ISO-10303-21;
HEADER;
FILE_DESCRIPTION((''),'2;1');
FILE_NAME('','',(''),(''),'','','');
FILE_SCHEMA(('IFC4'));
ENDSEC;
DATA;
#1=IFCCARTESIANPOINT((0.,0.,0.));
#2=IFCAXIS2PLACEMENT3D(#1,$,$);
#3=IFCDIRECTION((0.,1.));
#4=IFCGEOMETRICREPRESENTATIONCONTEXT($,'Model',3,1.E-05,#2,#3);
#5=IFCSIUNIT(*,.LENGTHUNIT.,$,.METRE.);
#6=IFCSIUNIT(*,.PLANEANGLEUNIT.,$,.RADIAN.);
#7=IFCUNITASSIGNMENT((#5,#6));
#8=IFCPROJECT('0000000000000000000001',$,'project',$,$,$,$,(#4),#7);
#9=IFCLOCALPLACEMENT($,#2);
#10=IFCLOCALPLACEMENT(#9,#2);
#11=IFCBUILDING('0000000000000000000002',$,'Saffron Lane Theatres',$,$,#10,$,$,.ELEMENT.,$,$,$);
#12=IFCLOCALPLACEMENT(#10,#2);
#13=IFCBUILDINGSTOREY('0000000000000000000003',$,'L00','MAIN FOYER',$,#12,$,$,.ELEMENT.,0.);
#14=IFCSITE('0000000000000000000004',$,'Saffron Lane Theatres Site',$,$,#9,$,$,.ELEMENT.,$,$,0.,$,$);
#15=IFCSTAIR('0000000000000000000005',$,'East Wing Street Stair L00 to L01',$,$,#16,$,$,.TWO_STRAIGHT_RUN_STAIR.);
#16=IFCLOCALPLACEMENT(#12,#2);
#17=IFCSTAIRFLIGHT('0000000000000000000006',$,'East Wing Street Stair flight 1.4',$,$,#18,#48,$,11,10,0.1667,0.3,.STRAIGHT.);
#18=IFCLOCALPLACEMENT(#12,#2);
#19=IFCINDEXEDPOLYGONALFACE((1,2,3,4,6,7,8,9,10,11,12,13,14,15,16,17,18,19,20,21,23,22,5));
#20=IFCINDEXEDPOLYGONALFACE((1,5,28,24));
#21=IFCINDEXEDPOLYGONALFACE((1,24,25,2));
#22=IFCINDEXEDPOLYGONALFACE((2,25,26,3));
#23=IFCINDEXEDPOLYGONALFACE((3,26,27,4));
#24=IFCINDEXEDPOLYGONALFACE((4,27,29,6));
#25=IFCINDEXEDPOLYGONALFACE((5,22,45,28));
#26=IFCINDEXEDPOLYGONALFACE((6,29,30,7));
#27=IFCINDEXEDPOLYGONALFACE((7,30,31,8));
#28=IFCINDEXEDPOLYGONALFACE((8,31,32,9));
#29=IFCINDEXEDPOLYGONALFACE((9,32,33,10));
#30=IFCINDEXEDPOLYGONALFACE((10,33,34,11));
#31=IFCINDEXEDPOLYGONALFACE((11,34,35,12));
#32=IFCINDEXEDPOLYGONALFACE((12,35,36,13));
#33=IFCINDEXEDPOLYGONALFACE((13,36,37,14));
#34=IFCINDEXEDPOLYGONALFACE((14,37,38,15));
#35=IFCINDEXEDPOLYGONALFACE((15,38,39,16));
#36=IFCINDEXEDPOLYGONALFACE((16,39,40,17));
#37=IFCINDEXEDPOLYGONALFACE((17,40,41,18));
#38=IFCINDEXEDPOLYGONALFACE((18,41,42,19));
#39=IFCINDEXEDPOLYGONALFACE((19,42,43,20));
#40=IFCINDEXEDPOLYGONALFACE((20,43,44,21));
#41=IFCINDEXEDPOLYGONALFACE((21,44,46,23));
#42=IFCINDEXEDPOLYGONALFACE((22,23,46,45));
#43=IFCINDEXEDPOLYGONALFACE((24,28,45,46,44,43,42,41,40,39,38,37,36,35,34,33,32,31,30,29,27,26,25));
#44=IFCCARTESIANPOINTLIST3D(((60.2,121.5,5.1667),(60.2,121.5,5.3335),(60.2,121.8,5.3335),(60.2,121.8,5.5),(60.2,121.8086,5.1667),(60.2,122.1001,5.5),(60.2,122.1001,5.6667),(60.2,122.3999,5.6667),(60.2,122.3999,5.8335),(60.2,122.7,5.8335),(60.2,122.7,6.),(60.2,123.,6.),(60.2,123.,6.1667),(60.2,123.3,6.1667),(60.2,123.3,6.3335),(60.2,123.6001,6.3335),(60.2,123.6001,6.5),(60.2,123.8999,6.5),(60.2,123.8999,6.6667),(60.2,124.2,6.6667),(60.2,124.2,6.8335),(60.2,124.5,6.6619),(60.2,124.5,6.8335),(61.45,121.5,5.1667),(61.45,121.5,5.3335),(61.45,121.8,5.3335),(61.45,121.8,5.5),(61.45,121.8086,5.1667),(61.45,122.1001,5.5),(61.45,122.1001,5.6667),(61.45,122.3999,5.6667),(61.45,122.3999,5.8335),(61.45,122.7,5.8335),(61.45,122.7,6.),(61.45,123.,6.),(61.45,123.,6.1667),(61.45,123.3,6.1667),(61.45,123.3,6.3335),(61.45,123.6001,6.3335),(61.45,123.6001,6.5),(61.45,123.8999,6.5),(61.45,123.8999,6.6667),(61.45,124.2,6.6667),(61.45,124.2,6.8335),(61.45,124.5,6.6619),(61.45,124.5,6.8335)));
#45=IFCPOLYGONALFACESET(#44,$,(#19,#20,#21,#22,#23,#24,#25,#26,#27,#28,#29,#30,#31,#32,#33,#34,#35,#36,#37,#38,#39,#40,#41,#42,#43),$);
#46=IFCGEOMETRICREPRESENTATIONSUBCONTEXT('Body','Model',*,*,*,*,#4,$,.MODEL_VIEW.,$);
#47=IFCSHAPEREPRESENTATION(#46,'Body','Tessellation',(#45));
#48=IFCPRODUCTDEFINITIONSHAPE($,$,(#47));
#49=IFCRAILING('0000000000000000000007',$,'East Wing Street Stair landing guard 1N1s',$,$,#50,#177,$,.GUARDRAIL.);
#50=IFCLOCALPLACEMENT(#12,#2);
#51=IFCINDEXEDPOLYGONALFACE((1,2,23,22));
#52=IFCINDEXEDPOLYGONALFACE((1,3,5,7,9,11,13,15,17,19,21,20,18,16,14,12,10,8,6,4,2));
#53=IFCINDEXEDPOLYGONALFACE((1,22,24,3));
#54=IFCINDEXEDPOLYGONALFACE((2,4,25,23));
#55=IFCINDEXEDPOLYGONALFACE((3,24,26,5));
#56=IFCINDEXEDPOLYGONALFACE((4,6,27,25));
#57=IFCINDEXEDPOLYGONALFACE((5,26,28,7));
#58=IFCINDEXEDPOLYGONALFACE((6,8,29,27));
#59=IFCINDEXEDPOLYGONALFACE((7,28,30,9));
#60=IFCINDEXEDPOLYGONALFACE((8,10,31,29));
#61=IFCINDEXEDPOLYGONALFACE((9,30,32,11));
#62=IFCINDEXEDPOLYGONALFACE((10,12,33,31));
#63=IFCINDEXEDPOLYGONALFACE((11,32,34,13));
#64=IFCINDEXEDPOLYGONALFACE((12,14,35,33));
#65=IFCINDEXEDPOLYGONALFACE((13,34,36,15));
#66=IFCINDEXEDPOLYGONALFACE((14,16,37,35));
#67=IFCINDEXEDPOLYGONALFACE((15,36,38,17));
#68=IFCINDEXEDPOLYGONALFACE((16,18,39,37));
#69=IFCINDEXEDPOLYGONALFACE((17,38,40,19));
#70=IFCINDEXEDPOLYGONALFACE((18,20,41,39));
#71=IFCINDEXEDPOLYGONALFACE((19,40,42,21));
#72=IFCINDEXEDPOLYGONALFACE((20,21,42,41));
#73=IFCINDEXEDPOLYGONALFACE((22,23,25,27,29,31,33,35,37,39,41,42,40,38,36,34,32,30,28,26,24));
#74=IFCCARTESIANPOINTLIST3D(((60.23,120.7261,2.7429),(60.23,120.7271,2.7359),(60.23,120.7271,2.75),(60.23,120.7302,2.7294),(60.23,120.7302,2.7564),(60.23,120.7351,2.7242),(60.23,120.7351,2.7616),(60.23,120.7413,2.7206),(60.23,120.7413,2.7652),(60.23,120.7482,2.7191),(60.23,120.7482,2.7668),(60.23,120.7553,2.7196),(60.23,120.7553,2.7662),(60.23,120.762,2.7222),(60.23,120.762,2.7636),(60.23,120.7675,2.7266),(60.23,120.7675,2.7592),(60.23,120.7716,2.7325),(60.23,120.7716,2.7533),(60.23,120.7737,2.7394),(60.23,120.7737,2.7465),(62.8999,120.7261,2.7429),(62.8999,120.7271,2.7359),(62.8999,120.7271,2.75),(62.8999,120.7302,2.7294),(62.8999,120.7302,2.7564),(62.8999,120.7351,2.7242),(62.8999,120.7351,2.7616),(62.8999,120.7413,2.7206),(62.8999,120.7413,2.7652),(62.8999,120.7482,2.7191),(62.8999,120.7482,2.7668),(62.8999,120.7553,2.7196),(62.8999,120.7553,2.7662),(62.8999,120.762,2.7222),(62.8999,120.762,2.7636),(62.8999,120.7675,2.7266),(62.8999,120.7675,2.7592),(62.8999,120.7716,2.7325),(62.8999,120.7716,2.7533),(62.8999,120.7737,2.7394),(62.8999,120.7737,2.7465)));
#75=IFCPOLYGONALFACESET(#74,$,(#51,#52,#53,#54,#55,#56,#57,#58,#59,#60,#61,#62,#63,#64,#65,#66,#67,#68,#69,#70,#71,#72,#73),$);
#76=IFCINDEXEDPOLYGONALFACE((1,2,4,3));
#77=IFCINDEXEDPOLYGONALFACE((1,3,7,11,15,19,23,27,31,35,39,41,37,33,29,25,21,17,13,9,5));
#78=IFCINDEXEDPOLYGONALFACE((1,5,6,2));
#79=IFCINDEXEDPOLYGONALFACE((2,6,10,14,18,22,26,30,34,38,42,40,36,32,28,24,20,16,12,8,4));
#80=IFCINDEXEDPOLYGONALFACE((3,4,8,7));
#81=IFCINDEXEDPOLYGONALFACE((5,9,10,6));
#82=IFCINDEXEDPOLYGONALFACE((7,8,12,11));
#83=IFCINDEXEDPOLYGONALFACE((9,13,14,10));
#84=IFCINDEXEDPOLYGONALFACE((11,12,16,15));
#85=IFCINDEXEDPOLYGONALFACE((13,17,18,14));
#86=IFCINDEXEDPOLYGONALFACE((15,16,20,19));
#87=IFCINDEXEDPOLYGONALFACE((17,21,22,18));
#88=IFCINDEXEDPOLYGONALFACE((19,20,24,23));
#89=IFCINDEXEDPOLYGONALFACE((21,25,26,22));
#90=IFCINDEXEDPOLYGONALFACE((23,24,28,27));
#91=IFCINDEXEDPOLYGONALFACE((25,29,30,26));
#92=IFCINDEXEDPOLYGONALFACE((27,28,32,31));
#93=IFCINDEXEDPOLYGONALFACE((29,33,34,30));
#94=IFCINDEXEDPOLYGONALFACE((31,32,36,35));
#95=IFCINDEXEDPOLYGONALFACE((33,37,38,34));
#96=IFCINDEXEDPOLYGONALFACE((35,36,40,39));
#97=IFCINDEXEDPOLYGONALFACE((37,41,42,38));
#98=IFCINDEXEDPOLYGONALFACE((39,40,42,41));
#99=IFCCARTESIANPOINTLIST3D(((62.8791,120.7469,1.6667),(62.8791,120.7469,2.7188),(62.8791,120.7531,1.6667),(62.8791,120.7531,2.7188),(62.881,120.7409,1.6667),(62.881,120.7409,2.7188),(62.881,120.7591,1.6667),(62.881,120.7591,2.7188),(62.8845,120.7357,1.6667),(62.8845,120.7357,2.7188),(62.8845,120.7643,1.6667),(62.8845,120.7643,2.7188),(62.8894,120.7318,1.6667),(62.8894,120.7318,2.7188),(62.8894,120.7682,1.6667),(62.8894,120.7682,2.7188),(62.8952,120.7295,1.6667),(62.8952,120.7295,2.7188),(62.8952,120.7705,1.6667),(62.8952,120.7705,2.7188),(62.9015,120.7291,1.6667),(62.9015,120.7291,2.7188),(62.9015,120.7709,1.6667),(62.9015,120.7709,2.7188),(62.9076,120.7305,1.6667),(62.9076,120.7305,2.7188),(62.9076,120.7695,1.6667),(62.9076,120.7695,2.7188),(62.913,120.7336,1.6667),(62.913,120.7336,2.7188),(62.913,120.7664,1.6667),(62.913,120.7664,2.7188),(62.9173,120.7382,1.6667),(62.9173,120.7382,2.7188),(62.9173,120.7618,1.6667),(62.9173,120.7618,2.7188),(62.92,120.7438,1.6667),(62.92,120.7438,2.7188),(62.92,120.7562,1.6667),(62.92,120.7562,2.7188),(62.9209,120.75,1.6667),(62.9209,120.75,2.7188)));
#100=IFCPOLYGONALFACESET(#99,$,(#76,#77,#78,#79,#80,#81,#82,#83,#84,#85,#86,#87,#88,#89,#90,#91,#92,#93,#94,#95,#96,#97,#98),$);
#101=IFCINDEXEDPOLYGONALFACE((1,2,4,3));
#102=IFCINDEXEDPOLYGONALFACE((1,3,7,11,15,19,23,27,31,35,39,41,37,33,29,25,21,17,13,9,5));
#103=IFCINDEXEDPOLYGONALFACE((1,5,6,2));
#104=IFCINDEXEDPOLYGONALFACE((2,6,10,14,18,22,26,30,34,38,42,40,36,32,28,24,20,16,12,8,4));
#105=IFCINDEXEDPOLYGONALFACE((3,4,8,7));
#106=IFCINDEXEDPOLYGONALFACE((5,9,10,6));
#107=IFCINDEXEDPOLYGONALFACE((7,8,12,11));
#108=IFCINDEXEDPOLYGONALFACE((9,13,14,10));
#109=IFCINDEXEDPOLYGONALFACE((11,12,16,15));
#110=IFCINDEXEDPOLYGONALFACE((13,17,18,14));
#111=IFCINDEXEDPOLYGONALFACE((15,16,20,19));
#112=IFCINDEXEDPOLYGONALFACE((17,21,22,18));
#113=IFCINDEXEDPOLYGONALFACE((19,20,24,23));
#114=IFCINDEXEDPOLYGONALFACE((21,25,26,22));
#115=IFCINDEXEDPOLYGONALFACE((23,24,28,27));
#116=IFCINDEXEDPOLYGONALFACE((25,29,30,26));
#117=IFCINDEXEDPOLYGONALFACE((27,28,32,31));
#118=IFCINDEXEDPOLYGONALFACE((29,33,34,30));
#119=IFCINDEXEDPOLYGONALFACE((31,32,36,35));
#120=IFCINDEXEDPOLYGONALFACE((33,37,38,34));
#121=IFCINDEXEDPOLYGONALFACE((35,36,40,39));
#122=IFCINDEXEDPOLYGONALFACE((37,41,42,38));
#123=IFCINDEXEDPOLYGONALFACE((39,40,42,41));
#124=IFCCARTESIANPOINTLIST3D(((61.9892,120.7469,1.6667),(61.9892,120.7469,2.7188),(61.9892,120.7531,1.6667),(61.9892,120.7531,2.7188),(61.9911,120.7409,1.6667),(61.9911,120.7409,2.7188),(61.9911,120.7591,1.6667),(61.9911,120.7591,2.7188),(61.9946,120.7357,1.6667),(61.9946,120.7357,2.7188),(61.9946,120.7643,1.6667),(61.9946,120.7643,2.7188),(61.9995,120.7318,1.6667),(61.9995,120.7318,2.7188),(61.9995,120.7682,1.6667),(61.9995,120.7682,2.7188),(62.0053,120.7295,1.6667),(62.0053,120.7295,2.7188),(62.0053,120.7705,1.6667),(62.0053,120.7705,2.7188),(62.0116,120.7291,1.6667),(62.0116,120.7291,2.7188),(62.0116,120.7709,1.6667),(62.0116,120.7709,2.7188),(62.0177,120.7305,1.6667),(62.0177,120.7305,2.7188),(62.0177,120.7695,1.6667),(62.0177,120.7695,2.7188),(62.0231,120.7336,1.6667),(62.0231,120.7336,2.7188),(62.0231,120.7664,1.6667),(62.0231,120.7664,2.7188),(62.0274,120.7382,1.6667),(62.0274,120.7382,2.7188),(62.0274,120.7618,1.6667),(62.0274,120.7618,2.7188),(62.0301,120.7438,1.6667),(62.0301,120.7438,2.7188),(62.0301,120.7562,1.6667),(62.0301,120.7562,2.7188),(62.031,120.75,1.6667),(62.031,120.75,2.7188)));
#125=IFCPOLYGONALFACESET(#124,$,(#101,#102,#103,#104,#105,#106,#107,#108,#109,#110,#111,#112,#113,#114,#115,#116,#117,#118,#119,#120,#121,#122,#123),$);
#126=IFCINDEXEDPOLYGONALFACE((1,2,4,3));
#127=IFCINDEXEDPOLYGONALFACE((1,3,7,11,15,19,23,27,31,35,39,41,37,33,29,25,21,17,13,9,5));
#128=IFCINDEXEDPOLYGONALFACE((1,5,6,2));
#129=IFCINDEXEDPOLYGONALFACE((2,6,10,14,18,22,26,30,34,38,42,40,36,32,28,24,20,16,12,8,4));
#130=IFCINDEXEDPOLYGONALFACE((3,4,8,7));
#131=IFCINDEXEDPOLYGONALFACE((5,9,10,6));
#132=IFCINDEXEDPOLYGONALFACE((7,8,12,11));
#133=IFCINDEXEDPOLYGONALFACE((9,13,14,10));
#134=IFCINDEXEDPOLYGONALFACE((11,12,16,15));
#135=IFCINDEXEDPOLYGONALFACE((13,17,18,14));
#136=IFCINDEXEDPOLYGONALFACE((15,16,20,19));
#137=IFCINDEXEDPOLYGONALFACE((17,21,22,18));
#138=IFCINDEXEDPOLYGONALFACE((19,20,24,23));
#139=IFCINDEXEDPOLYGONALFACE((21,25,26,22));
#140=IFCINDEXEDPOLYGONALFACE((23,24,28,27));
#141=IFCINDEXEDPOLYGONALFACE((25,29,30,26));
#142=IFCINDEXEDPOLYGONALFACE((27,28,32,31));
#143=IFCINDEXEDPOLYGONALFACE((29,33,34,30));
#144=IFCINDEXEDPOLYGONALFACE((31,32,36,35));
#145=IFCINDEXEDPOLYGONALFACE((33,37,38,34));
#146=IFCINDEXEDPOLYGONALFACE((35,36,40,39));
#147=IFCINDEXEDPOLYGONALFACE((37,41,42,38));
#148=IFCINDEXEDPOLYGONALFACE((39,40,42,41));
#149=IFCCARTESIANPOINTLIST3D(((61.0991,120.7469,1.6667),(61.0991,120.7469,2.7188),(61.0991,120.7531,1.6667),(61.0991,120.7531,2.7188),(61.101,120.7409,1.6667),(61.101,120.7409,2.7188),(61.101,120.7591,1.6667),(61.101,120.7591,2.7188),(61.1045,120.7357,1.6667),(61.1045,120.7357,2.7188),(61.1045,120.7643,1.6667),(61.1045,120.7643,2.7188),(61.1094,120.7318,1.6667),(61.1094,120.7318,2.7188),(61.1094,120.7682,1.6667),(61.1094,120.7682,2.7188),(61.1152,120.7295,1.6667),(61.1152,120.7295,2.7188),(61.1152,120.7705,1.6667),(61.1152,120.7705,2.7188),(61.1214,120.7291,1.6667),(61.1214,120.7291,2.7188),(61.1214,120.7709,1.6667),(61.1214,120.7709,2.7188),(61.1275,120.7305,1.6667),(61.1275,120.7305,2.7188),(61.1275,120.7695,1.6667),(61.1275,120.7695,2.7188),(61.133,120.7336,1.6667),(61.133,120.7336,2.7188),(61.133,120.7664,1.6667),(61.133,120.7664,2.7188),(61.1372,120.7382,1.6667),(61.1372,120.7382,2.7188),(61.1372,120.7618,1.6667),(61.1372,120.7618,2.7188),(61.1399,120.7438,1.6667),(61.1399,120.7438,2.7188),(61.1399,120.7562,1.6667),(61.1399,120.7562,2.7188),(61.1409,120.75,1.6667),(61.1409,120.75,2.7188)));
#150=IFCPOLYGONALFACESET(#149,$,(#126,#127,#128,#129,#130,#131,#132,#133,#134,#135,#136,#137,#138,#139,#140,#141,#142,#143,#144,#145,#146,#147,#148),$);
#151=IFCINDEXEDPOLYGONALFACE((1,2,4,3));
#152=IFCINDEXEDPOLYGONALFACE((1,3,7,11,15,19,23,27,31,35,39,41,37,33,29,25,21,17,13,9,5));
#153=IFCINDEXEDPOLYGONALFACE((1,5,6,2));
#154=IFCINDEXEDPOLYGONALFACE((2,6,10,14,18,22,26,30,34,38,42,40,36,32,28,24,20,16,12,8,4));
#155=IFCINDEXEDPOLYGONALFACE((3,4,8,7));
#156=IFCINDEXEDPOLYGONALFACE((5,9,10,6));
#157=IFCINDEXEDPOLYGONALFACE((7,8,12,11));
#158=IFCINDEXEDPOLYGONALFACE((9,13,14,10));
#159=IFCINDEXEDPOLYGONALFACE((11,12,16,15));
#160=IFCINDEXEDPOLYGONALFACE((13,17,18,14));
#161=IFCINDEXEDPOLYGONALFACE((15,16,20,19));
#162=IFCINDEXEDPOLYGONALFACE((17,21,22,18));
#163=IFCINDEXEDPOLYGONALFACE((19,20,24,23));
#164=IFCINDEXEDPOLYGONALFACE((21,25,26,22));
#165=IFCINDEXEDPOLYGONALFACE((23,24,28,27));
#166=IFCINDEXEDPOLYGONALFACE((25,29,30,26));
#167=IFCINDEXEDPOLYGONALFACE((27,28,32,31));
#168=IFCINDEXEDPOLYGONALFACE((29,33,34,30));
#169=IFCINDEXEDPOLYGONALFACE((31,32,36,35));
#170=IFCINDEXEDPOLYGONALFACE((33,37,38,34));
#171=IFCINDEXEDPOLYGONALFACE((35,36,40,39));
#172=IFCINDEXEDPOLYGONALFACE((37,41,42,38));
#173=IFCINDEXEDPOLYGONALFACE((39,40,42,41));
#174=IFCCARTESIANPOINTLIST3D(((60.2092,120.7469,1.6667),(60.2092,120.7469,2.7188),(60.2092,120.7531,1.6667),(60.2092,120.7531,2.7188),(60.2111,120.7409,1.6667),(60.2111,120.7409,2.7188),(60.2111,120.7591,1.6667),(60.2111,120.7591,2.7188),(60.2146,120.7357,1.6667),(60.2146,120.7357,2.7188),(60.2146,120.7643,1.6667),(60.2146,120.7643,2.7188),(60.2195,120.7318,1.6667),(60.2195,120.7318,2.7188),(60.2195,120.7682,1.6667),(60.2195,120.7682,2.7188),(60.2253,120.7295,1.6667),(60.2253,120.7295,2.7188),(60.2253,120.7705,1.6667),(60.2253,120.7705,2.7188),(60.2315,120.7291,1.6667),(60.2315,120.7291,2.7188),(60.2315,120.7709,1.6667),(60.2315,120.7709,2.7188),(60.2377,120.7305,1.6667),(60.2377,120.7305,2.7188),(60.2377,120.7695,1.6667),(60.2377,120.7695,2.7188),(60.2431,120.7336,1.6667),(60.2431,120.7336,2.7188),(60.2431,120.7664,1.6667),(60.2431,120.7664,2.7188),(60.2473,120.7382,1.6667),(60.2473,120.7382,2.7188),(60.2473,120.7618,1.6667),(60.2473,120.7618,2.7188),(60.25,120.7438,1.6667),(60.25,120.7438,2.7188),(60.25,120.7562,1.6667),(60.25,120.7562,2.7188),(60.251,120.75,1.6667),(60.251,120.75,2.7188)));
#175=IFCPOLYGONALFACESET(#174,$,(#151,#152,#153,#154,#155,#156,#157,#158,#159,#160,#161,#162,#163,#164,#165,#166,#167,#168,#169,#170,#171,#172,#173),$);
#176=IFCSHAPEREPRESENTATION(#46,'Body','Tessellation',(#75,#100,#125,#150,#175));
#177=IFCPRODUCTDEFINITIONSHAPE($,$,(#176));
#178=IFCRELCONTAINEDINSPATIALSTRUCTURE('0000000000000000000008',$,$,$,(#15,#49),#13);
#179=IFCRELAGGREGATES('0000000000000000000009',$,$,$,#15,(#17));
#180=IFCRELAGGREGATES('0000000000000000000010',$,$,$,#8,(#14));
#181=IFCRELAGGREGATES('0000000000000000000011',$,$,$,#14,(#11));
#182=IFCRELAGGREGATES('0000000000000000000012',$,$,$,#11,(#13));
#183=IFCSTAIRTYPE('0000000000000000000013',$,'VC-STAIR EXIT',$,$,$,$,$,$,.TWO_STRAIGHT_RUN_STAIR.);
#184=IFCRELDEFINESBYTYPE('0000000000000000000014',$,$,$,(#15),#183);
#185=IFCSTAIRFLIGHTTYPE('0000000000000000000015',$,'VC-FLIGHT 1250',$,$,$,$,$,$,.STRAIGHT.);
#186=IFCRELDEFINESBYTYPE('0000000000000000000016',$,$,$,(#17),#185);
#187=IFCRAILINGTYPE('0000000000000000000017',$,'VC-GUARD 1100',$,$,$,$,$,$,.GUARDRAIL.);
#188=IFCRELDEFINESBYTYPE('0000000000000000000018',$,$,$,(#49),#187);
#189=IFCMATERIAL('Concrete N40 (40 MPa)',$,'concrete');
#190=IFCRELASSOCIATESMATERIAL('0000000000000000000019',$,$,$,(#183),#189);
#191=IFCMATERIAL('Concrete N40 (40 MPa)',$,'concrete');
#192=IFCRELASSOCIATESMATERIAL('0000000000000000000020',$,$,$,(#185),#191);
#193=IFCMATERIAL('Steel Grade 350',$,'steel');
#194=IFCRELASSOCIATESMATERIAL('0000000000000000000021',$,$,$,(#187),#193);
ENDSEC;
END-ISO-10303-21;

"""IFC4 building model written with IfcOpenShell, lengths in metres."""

from ifc_helpers import new_model, si_unit, direction, frame, origin, origin_2d, place, context, subcontext, project, spatial, polyline, circle, outline, extrude, material, type_object, element, aggregate, save


model = new_model("IFC4")

# Units and contexts
model_context = context("Model", 3, precision=1e-05, world=origin(), true_north=direction((0.0, 1.0)))
body_context = subcontext(model_context, "Body", "Model", "MODEL_VIEW")
ifc_project = project(units=[si_unit("LENGTHUNIT", "METRE"), si_unit("PLANEANGLEUNIT", "RADIAN")], contexts=[model_context])

# Site, building, storey
site_placement = place(None, origin())
site = spatial("IfcSite", under=ifc_project, at=site_placement, Name="Saffron Lane Theatres Site", CompositionType="ELEMENT", RefElevation=0.0)
building_placement = place(site_placement, origin())
building = spatial("IfcBuilding", under=site, at=building_placement, Name="Saffron Lane Theatres", CompositionType="ELEMENT")
storey_placement = place(building_placement, origin())
storey = spatial("IfcBuildingStorey", under=building, at=storey_placement, Name="L00", Description="MAIN FOYER", CompositionType="ELEMENT", Elevation=0.0)

# Stair, stair flight
ifc_material_1 = material(Name="Concrete N40 (40 MPa)", Category="concrete")
stair_type = type_object("IfcStairType", Name="VC-STAIR EXIT", PredefinedType="TWO_STRAIGHT_RUN_STAIR", material=ifc_material_1)
stair_placement = place(storey_placement, origin())
stair = element("IfcStair", 1, at=stair_placement, inside=storey, type_object=stair_type, Name="East Wing Street Stair L00 to L01", PredefinedType="TWO_STRAIGHT_RUN_STAIR")
ifc_material_2 = material(Name="Concrete N40 (40 MPa)", Category="concrete")
stair_flight_type = type_object("IfcStairFlightType", Name="VC-FLIGHT 1250", PredefinedType="STRAIGHT", material=ifc_material_2)
stair_flight_1_placement = place(storey_placement, frame((60.825, 121.5, 5.1667), z_axis=(0.0, 0.0, 1.0), x_axis=(0.0, 1.0, 0.0)))
stair_flight_1 = element("IfcStairFlight", 2, at=stair_flight_1_placement, type_object=stair_flight_type, Name="East Wing Street Stair flight 1.4", NumberOfRisers=11, NumberOfTreads=10, PredefinedType="STRAIGHT", RiserHeight=0.1667, TreadLength=0.3, context=body_context, shape_type="SweptSolid", body=[
    extrude(outline(polyline([(0.0, 0.0), (0.0, 0.1667), (0.3, 0.1667), (0.3, 0.3333), (0.6001, 0.3333), (0.6001, 0.5), (0.8999, 0.5), (0.8999, 0.6667), (1.2, 0.6667), (1.2, 0.8333), (1.5, 0.8333), (1.5, 1.0), (1.8, 1.0), (1.8, 1.1667), (2.1001, 1.1667), (2.1001, 1.3333), (2.3999, 1.3333), (2.3999, 1.5), (2.7, 1.5), (2.7, 1.6667), (3.0, 1.6667), (3.0, 1.8333), (3.0, 1.4951), (0.3086, 0.0), (0.0, 0.0)])), frame((0.0, 0.625, 0.0), z_axis=(0.0, -1.0, 0.0), x_axis=(1.0, 0.0, 0.0)), (0.0, 0.0, 1.0), 1.25),
])
aggregate(stair, [stair_flight_1])

# Railing
ifc_material_3 = material(Name="Steel Grade 350", Category="steel")
railing_type_1 = type_object("IfcRailingType", Name="VC-GUARD 1100", PredefinedType="GUARDRAIL", material=ifc_material_3)
railing_1_placement = place(storey_placement, frame((62.8999, 120.75, 1.6667)))
element("IfcRailing", 3, at=railing_1_placement, inside=storey, type_object=railing_type_1, Name="East Wing Street Stair landing guard 1N1s", PredefinedType="GUARDRAIL", context=body_context, shape_type="SweptSolid", body=[
    extrude(circle(Radius=0.0239, at=origin_2d()), frame((0.0, 0.0, 1.0762), z_axis=(-1.0, 0.0, 0.0), x_axis=(0.0, -1.0, 0.0)), (0.0, 0.0, 1.0), 2.6699),
    extrude(circle(Radius=0.021, at=origin_2d()), origin(), (0.0, 0.0, 1.0), 1.052),
    extrude(circle(Radius=0.021, at=origin_2d()), frame((-0.8899, 0.0, 0.0)), (0.0, 0.0, 1.0), 1.052),
    extrude(circle(Radius=0.021, at=origin_2d()), frame((-1.78, 0.0, 0.0)), (0.0, 0.0, 1.0), 1.052),
    extrude(circle(Radius=0.021, at=origin_2d()), frame((-2.6699, 0.0, 0.0)), (0.0, 0.0, 1.0), 1.052),
])

save(model, "model.ifc")
